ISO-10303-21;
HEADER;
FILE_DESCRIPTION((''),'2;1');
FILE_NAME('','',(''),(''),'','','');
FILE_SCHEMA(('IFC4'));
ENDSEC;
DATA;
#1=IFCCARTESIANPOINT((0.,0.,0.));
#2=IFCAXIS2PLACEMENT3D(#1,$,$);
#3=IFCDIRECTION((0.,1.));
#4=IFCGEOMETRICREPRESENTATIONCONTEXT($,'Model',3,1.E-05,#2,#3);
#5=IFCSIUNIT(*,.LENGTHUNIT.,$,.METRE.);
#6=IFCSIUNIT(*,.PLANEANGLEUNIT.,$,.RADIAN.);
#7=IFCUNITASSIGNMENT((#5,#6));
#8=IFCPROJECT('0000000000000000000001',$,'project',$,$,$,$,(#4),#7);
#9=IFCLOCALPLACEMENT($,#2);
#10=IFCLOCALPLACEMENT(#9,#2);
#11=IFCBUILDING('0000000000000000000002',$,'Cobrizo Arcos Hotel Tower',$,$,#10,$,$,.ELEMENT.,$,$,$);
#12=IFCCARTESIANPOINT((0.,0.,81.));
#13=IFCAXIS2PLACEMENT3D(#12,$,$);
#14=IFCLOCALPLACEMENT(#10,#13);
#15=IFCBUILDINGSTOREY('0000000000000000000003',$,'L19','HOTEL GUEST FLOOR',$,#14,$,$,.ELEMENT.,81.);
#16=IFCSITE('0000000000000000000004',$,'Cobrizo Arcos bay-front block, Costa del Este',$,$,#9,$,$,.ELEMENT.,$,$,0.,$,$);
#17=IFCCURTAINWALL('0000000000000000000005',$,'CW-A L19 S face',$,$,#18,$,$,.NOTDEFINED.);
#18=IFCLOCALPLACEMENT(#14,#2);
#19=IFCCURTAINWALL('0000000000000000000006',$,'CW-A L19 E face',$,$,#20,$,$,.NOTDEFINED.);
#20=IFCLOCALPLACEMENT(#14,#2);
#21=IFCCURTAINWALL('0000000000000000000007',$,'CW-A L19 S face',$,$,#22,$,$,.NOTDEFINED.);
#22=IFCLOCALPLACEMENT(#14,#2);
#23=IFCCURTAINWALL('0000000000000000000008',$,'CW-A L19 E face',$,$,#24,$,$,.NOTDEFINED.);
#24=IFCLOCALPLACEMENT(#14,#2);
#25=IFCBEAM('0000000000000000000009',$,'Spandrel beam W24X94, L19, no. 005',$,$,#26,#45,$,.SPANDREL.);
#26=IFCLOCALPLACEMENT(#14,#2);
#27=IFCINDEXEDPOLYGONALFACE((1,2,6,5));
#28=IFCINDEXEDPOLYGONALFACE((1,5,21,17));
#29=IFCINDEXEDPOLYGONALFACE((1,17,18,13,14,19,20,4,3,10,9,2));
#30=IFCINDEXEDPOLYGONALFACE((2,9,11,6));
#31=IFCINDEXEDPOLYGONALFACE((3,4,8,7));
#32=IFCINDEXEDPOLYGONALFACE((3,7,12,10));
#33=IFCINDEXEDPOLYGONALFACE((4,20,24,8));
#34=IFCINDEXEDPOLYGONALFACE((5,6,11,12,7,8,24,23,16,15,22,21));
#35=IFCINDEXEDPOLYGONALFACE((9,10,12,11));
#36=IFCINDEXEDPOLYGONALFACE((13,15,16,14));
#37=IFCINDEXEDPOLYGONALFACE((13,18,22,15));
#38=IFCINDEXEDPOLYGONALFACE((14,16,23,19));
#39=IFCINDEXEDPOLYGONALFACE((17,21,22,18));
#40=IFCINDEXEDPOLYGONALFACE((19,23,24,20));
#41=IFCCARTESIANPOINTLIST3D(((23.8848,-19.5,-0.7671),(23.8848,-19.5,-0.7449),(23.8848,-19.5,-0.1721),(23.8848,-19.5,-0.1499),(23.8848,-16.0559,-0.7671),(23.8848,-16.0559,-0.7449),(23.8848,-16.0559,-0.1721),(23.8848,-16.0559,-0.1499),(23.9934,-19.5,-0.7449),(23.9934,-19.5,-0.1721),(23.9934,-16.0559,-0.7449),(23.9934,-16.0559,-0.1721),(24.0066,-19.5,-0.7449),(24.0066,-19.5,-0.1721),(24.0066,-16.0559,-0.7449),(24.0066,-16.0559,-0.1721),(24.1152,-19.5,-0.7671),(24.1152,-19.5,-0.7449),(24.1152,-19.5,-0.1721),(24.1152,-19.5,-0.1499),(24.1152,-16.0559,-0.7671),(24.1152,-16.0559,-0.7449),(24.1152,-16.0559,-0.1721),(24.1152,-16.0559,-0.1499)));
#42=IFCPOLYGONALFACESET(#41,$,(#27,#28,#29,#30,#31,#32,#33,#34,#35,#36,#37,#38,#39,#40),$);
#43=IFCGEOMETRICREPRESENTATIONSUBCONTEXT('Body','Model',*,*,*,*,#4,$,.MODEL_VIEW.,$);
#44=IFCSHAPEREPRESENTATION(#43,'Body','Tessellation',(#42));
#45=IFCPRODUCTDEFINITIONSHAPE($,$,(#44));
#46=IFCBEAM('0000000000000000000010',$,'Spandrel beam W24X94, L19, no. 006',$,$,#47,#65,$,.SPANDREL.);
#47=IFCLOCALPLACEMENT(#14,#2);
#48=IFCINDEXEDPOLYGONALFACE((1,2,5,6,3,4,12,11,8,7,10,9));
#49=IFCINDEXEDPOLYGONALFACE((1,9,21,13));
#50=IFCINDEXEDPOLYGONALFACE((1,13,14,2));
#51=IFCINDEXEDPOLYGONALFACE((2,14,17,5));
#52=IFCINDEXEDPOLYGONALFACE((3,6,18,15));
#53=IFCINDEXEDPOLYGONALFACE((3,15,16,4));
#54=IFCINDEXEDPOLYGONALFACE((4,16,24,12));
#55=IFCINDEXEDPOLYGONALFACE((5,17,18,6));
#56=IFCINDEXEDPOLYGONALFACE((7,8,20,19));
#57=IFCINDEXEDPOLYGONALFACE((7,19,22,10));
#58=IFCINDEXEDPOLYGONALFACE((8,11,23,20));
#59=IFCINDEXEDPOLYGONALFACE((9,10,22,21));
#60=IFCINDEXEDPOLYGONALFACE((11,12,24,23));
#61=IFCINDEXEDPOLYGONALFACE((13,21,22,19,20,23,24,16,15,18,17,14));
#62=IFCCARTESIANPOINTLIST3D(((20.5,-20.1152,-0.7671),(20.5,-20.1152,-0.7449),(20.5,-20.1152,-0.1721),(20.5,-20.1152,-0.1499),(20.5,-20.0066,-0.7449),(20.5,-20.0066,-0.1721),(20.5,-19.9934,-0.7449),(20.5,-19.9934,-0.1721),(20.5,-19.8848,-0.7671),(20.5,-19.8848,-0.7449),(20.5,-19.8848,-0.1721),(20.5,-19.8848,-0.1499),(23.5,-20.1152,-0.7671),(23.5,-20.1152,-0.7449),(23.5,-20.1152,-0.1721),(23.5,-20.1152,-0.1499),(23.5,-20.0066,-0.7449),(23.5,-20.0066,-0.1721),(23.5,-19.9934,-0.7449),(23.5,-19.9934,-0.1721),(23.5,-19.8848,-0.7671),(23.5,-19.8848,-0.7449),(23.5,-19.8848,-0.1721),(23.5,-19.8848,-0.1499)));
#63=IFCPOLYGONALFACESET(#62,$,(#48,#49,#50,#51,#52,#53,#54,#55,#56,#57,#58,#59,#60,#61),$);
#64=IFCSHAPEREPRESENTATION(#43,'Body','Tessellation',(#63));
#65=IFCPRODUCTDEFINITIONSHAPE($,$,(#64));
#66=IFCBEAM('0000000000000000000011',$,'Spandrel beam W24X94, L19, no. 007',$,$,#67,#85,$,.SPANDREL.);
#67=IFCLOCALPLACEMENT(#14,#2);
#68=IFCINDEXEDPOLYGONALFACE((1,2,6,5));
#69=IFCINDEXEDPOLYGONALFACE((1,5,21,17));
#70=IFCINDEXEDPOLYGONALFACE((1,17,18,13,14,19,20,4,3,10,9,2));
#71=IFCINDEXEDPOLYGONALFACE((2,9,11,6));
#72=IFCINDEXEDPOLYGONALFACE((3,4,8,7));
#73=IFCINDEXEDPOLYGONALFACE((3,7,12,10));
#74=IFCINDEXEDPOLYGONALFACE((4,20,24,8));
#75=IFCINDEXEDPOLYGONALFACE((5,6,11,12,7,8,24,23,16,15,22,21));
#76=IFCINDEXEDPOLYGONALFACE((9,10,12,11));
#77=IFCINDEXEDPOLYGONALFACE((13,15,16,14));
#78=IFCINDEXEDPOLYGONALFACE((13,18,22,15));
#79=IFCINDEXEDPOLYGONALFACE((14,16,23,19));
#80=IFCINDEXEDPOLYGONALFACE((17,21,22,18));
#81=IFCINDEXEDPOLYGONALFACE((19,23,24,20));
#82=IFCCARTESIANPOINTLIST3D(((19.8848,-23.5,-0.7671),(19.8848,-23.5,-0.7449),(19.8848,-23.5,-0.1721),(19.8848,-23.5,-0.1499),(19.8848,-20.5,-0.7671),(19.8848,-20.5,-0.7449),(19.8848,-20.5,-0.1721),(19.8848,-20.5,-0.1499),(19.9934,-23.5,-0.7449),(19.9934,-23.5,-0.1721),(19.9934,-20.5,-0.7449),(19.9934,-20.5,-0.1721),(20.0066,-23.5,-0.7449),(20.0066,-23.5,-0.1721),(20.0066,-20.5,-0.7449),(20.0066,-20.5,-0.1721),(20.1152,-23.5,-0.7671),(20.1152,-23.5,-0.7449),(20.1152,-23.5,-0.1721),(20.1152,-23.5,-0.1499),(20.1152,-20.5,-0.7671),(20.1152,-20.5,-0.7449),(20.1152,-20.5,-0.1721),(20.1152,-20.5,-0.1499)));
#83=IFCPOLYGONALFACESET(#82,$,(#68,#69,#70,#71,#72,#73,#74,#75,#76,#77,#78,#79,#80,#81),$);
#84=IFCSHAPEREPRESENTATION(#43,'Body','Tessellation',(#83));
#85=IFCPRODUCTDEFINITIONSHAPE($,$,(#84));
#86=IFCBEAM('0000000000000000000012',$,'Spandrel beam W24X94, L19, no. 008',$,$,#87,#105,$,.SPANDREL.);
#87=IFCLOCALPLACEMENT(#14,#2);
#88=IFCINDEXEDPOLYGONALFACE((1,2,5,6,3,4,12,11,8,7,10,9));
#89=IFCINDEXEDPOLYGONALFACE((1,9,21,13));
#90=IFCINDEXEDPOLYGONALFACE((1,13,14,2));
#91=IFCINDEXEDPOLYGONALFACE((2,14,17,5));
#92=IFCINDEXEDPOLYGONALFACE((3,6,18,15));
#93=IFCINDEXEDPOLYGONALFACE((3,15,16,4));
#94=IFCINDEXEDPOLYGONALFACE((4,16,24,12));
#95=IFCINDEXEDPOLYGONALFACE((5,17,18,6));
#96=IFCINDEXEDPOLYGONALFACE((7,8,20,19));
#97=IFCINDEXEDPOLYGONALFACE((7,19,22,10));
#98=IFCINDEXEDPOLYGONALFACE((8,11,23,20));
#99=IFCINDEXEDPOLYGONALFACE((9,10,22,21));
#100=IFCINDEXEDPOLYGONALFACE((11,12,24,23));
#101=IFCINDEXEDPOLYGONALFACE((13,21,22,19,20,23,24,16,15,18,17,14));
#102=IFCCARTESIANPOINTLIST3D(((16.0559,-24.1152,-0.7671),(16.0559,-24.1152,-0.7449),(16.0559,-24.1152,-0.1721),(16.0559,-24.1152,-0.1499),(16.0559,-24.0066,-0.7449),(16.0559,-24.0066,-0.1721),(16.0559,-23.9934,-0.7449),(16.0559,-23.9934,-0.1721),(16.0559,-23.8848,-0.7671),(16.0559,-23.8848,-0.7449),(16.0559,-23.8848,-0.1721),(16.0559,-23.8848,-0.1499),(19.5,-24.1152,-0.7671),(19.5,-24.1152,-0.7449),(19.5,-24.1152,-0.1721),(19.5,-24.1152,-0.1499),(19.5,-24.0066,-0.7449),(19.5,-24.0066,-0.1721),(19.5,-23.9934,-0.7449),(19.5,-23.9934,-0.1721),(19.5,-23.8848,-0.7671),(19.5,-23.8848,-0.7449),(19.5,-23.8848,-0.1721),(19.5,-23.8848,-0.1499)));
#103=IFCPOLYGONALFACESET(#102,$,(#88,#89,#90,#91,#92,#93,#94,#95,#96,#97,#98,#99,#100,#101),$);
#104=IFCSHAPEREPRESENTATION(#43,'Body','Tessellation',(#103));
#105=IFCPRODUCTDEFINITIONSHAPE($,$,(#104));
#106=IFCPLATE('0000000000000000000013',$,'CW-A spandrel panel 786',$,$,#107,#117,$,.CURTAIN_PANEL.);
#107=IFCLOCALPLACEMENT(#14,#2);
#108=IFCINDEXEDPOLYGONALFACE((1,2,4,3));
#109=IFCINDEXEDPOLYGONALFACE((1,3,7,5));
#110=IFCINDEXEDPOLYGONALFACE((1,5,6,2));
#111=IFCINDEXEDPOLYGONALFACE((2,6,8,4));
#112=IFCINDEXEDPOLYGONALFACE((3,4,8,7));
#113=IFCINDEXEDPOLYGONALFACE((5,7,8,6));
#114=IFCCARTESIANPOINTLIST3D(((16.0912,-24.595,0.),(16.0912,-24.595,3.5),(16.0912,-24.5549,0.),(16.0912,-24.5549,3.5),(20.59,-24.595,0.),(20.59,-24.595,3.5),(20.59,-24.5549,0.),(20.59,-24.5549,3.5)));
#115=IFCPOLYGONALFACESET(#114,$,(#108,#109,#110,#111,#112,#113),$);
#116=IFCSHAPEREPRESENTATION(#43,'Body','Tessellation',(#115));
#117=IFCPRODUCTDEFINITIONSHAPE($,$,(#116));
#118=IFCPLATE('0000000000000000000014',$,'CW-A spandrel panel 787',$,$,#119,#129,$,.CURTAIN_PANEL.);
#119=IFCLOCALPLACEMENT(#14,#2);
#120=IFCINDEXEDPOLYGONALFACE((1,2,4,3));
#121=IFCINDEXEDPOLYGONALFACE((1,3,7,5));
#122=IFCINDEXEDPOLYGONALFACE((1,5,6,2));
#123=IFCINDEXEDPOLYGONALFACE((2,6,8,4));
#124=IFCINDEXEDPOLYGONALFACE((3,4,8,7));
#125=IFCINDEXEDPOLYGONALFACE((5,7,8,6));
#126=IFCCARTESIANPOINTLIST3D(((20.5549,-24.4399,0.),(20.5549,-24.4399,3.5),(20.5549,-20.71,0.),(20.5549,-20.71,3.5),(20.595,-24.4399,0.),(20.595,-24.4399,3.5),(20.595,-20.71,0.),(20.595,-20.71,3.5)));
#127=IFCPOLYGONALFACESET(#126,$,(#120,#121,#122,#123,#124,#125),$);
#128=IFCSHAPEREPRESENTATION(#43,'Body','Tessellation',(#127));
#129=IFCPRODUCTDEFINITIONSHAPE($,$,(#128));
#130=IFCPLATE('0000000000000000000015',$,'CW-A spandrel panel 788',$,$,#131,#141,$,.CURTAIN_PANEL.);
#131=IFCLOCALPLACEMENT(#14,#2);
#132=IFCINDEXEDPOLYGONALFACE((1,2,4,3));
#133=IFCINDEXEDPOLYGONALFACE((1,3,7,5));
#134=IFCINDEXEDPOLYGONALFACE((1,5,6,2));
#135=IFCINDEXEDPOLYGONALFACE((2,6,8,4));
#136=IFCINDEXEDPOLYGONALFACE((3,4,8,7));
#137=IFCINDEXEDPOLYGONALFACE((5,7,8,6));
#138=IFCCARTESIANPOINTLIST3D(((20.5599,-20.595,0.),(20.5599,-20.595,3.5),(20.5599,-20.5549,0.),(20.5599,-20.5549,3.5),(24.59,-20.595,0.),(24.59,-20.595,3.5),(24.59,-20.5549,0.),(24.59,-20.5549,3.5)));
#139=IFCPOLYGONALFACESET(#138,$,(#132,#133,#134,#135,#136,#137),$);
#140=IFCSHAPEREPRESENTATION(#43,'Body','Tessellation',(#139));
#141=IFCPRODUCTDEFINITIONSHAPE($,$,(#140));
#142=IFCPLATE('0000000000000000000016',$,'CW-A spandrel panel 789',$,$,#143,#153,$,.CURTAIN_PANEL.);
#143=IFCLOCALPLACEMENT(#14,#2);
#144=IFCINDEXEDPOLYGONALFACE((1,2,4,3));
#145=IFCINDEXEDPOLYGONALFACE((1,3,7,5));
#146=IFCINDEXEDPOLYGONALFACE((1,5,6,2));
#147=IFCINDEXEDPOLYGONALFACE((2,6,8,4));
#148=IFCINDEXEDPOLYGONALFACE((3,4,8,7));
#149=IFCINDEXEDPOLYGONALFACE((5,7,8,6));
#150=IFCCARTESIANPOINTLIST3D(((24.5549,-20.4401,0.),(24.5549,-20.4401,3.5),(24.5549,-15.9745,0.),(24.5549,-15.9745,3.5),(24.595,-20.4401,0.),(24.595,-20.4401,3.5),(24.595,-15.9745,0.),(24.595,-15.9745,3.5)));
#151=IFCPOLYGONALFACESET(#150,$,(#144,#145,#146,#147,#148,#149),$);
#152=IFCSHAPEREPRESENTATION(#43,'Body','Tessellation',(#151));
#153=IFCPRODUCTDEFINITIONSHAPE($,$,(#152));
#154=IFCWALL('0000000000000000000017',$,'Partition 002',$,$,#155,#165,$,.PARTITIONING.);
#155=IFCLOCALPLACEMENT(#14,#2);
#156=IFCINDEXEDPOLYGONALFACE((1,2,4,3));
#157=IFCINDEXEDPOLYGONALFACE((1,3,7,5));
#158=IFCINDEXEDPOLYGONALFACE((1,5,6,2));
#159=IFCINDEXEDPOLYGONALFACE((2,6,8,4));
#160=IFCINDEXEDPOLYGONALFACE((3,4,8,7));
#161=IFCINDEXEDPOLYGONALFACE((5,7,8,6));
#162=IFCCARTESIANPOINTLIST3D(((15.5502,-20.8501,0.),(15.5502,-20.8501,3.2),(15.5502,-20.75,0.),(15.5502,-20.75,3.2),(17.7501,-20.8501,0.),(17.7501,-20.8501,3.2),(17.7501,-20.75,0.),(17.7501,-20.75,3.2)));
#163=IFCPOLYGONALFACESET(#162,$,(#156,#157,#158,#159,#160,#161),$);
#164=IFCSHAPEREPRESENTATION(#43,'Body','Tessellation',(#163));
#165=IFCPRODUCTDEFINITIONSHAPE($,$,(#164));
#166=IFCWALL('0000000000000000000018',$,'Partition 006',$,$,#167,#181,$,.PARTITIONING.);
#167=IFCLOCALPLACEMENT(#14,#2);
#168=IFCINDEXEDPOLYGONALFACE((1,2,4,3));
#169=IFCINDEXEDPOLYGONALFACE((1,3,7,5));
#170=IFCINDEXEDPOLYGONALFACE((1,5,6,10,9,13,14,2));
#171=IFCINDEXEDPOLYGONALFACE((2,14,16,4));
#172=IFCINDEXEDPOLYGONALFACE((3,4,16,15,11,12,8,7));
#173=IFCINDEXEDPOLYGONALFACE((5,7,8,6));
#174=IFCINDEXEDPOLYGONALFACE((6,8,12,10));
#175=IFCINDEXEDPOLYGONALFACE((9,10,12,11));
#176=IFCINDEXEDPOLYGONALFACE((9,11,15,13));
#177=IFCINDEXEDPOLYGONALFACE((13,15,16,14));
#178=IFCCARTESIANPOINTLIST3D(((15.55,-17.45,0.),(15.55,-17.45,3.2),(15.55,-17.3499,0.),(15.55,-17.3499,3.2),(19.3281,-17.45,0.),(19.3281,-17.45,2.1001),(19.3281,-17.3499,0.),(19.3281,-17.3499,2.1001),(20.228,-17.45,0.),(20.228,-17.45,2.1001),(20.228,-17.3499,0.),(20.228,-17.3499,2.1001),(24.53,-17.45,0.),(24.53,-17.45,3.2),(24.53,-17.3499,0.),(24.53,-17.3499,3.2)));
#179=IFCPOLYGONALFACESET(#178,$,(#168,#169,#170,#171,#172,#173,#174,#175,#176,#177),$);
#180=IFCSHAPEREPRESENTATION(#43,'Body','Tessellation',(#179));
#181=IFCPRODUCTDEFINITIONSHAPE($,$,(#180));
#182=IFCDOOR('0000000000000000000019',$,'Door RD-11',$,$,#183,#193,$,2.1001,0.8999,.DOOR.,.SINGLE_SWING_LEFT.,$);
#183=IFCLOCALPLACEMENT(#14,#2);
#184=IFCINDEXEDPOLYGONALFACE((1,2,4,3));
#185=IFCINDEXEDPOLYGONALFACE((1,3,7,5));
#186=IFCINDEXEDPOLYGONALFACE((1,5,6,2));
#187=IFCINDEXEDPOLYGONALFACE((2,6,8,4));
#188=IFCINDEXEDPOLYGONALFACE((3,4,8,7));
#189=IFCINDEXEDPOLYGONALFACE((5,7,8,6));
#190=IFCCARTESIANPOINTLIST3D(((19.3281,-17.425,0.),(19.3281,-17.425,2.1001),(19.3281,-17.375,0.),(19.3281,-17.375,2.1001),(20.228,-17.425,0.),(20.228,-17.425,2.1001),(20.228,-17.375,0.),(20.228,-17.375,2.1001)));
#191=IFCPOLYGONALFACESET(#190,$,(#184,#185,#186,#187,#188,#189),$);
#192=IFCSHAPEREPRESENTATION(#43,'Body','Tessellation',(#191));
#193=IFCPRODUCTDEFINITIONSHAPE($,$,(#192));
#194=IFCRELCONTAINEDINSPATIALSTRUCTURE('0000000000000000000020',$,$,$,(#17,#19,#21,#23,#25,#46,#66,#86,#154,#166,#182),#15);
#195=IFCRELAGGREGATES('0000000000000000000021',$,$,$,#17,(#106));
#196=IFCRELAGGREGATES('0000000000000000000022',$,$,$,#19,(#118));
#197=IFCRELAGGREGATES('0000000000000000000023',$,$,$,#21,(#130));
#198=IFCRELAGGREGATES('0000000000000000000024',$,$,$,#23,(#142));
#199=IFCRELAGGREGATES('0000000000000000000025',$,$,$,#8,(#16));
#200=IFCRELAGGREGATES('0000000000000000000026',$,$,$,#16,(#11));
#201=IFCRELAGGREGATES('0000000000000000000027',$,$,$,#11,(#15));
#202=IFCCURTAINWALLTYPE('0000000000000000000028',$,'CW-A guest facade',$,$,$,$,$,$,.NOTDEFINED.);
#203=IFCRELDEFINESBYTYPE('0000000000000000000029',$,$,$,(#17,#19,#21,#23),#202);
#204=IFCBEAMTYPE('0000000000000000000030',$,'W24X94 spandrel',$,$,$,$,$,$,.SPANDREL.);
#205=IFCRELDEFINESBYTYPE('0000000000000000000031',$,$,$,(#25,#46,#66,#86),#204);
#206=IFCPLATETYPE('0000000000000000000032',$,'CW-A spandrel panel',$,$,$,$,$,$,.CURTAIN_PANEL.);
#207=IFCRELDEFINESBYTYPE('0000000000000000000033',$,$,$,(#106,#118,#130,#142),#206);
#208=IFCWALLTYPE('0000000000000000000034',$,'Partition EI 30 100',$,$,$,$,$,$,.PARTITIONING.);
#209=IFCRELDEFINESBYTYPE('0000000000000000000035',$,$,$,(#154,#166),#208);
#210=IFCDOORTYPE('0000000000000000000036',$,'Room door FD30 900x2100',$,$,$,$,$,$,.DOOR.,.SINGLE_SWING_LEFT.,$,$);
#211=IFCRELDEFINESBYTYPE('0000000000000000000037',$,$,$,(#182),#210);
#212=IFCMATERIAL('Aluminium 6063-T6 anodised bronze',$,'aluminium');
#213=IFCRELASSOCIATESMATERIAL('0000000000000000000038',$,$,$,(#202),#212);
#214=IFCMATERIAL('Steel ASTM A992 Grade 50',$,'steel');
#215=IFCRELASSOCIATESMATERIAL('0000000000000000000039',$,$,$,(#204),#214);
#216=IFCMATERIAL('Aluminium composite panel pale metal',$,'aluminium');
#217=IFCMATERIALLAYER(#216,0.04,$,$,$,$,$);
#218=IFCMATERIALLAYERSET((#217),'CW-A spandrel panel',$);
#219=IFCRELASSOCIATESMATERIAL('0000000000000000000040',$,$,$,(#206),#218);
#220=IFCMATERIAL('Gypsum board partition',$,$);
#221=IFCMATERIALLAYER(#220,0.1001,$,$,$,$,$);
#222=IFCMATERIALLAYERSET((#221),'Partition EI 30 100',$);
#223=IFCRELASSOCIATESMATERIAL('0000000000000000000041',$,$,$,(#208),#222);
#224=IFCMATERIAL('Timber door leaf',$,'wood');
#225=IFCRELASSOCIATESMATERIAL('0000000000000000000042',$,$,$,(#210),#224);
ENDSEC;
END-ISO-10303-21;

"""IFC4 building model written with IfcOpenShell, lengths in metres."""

from ifc_helpers import new_model, si_unit, direction, frame, frame_2d, origin, origin_2d, place, context, subcontext, project, spatial, rectangle, i_section, extrude, material, layer, layer_set, material_profile, profile_set, type_object, element, fill, aggregate, save


model = new_model("IFC4")

# Units and contexts
model_context = context("Model", 3, precision=1e-05, world=origin(), true_north=direction((0.0, 1.0)))
body_context = subcontext(model_context, "Body", "Model", "MODEL_VIEW")
ifc_project = project(units=[si_unit("LENGTHUNIT", "METRE"), si_unit("PLANEANGLEUNIT", "RADIAN")], contexts=[model_context])

# Site, building, storey
site_placement = place(None, origin())
site = spatial("IfcSite", under=ifc_project, at=site_placement, Name="Cobrizo Arcos bay-front block, Costa del Este", CompositionType="ELEMENT", RefElevation=0.0)
building_placement = place(site_placement, origin())
building = spatial("IfcBuilding", under=site, at=building_placement, Name="Cobrizo Arcos Hotel Tower", CompositionType="ELEMENT")
storey_placement = place(building_placement, frame((0.0, 0.0, 81.0)))
storey = spatial("IfcBuildingStorey", under=building, at=storey_placement, Name="L19", Description="HOTEL GUEST FLOOR", CompositionType="ELEMENT", Elevation=81.0)

# Curtain walls
ifc_material_1 = material(Name="Aluminium 6063-T6 anodised bronze", Category="aluminium")
curtain_wall_type = type_object("IfcCurtainWallType", Name="CW-A guest facade", PredefinedType="NOTDEFINED", material=ifc_material_1)
curtain_wall_1_placement = place(storey_placement, origin())
curtain_wall_1 = element("IfcCurtainWall", 1, at=curtain_wall_1_placement, inside=storey, type_object=curtain_wall_type, Name="CW-A L19 S face", PredefinedType="NOTDEFINED")
curtain_wall_2_placement = place(storey_placement, origin())
curtain_wall_2 = element("IfcCurtainWall", 2, at=curtain_wall_2_placement, inside=storey, type_object=curtain_wall_type, Name="CW-A L19 E face", PredefinedType="NOTDEFINED")
curtain_wall_3_placement = place(storey_placement, origin())
curtain_wall_3 = element("IfcCurtainWall", 3, at=curtain_wall_3_placement, inside=storey, type_object=curtain_wall_type, Name="CW-A L19 S face", PredefinedType="NOTDEFINED")
curtain_wall_4_placement = place(storey_placement, origin())
curtain_wall_4 = element("IfcCurtainWall", 4, at=curtain_wall_4_placement, inside=storey, type_object=curtain_wall_type, Name="CW-A L19 E face", PredefinedType="NOTDEFINED")

# Beams
ifc_material_2 = material(Name="Steel ASTM A992 Grade 50", Category="steel")
ifc_material_profile_1 = material_profile(ifc_material_2, i_section(OverallWidth=0.2305, OverallDepth=0.6172, WebThickness=0.0132, FlangeThickness=0.0222, at=origin_2d()), Name="W24X94")
ifc_profile_set_1 = profile_set([ifc_material_profile_1], Name="Steel ASTM A992 Grade 50")
beam_type_1 = type_object("IfcBeamType", Name="W24X94 spandrel", PredefinedType="SPANDREL", material=ifc_profile_set_1)
beam_1_placement = place(storey_placement, frame((24.0, -16.0559, -0.4585), z_axis=(0.0, -1.0, 0.0), x_axis=(1.0, 0.0, 0.0)))
element("IfcBeam", 5, at=beam_1_placement, inside=storey, type_object=beam_type_1, Name="Spandrel beam W24X94, L19, no. 005", PredefinedType="SPANDREL", context=body_context, shape_type="SweptSolid", body=[
    extrude(i_section(OverallWidth=0.2305, OverallDepth=0.6172, WebThickness=0.0132, FlangeThickness=0.0222, at=origin_2d()), origin(), (0.0, 0.0, 1.0), 3.4441),
])
for number, where, z_axis, x_axis, name in (
    (6, (23.5, -20.0, -0.4585), (-1.0, 0.0, 0.0), (0.0, -1.0, 0.0), "Spandrel beam W24X94, L19, no. 006"),
    (7, (20.0, -20.5, -0.4585), (0.0, -1.0, 0.0), (1.0, 0.0, 0.0), "Spandrel beam W24X94, L19, no. 007"),
):
    element("IfcBeam", number, at=place(storey_placement, frame(where, z_axis=z_axis, x_axis=x_axis)), inside=storey, type_object=beam_type_1, Name=name, PredefinedType="SPANDREL", context=body_context, shape_type="SweptSolid", body=[
        extrude(i_section(OverallWidth=0.2305, OverallDepth=0.6172, WebThickness=0.0132, FlangeThickness=0.0222, at=origin_2d()), origin(), (0.0, 0.0, 1.0), 3.0),
    ])
beam_2_placement = place(storey_placement, frame((19.5, -24.0, -0.4585), z_axis=(-1.0, 0.0, 0.0), x_axis=(0.0, -1.0, 0.0)))
element("IfcBeam", 8, at=beam_2_placement, inside=storey, type_object=beam_type_1, Name="Spandrel beam W24X94, L19, no. 008", PredefinedType="SPANDREL", context=body_context, shape_type="SweptSolid", body=[
    extrude(i_section(OverallWidth=0.2305, OverallDepth=0.6172, WebThickness=0.0132, FlangeThickness=0.0222, at=origin_2d()), origin(), (0.0, 0.0, 1.0), 3.4441),
])

# Plates
ifc_material_3 = material(Name="Aluminium composite panel pale metal", Category="aluminium")
ifc_layer_1 = layer(ifc_material_3, 0.04)
ifc_layer_set_1 = layer_set([ifc_layer_1], Name="CW-A spandrel panel")
plate_type = type_object("IfcPlateType", Name="CW-A spandrel panel", PredefinedType="CURTAIN_PANEL", material=ifc_layer_set_1)
plate_1_placement = place(storey_placement, frame((18.3406, -24.575, 0.0), z_axis=(0.0, 0.0, 1.0), x_axis=(1.0, 0.0, 0.0)))
plate_1 = element("IfcPlate", 9, at=plate_1_placement, type_object=plate_type, Name="CW-A spandrel panel 786", PredefinedType="CURTAIN_PANEL", context=body_context, shape_type="SweptSolid", body=[
    extrude(rectangle(XDim=4.4988, YDim=0.04, at=origin_2d()), origin(), (0.0, 0.0, 1.0), 3.5),
])
aggregate(curtain_wall_1, [plate_1])
plate_2_placement = place(storey_placement, frame((20.575, -22.575, 0.0), z_axis=(0.0, 0.0, 1.0), x_axis=(0.0, 1.0, 0.0)))
plate_2 = element("IfcPlate", 10, at=plate_2_placement, type_object=plate_type, Name="CW-A spandrel panel 787", PredefinedType="CURTAIN_PANEL", context=body_context, shape_type="SweptSolid", body=[
    extrude(rectangle(XDim=3.73, YDim=0.04, at=origin_2d()), origin(), (0.0, 0.0, 1.0), 3.5),
])
aggregate(curtain_wall_2, [plate_2])
plate_3_placement = place(storey_placement, frame((22.575, -20.575, 0.0), z_axis=(0.0, 0.0, 1.0), x_axis=(1.0, 0.0, 0.0)))
plate_3 = element("IfcPlate", 11, at=plate_3_placement, type_object=plate_type, Name="CW-A spandrel panel 788", PredefinedType="CURTAIN_PANEL", context=body_context, shape_type="SweptSolid", body=[
    extrude(rectangle(XDim=4.03, YDim=0.04, at=origin_2d()), origin(), (0.0, 0.0, 1.0), 3.5),
])
aggregate(curtain_wall_3, [plate_3])
plate_4_placement = place(storey_placement, frame((24.575, -18.2073, 0.0), z_axis=(0.0, 0.0, 1.0), x_axis=(0.0, 1.0, 0.0)))
plate_4 = element("IfcPlate", 12, at=plate_4_placement, type_object=plate_type, Name="CW-A spandrel panel 789", PredefinedType="CURTAIN_PANEL", context=body_context, shape_type="SweptSolid", body=[
    extrude(rectangle(XDim=4.4656, YDim=0.04, at=origin_2d()), origin(), (0.0, 0.0, 1.0), 3.5),
])
aggregate(curtain_wall_4, [plate_4])

# Wall
ifc_material_4 = material(Name="Gypsum board partition")
ifc_layer_2 = layer(ifc_material_4, 0.1001)
ifc_layer_set_2 = layer_set([ifc_layer_2], Name="Partition EI 30 100")
wall_type = type_object("IfcWallType", Name="Partition EI 30 100", PredefinedType="PARTITIONING", material=ifc_layer_set_2)
wall_1_placement = place(storey_placement, frame((15.55, -20.8, 0.0), z_axis=(0.0, 0.0, 1.0), x_axis=(1.0, 0.0, 0.0)))
element("IfcWall", 13, at=wall_1_placement, inside=storey, type_object=wall_type, Name="Partition 002", PredefinedType="PARTITIONING", context=body_context, shape_type="SweptSolid", body=[
    extrude(rectangle(XDim=2.2, YDim=0.1001, at=frame_2d((1.1001, 0.0))), origin(), (0.0, 0.0, 1.0), 3.2),
])

# Wall, opening, door
wall_2_placement = place(storey_placement, frame((15.55, -17.3999, 0.0), z_axis=(0.0, 0.0, 1.0), x_axis=(1.0, 0.0, 0.0)))
wall_2 = element("IfcWall", 14, at=wall_2_placement, inside=storey, type_object=wall_type, Name="Partition 006", PredefinedType="PARTITIONING", context=body_context, shape_type="SweptSolid", body=[
    extrude(rectangle(XDim=8.98, YDim=0.1001, at=frame_2d((4.49, 0.0))), origin(), (0.0, 0.0, 1.0), 3.2),
])
opening_1_placement = place(wall_2_placement, frame((3.7781, 0.0, 0.0)))
opening_1 = element("IfcOpeningElement", 15, at=opening_1_placement, cuts=wall_2, PredefinedType="OPENING", context=body_context, shape_type="SweptSolid", body=[
    extrude(rectangle(XDim=0.8999, YDim=2.1001, at=frame_2d((0.45, 1.05))), frame((0.0, 0.062, 0.0), z_axis=(0.0, -1.0, 0.0), x_axis=(1.0, 0.0, 0.0)), (0.0, 0.0, 1.0), 0.124),
])
ifc_material_5 = material(Name="Timber door leaf", Category="wood")
door_type_1 = type_object("IfcDoorType", Name="Room door FD30 900x2100", OperationType="SINGLE_SWING_LEFT", PredefinedType="DOOR", material=ifc_material_5)
door_1_placement = place(opening_1_placement, origin())
door_1 = element("IfcDoor", 16, at=door_1_placement, inside=storey, type_object=door_type_1, Name="Door RD-11", OperationType="SINGLE_SWING_LEFT", OverallHeight=2.1001, OverallWidth=0.8999, PredefinedType="DOOR", context=body_context, shape_type="SweptSolid", body=[
    extrude(rectangle(XDim=0.8999, YDim=2.1001, at=frame_2d((0.45, 1.05))), frame((0.0, 0.0249, 0.0), z_axis=(0.0, -1.0, 0.0), x_axis=(1.0, 0.0, 0.0)), (0.0, 0.0, 1.0), 0.05),
])
fill(opening_1, door_1)

save(model, "model.ifc")
